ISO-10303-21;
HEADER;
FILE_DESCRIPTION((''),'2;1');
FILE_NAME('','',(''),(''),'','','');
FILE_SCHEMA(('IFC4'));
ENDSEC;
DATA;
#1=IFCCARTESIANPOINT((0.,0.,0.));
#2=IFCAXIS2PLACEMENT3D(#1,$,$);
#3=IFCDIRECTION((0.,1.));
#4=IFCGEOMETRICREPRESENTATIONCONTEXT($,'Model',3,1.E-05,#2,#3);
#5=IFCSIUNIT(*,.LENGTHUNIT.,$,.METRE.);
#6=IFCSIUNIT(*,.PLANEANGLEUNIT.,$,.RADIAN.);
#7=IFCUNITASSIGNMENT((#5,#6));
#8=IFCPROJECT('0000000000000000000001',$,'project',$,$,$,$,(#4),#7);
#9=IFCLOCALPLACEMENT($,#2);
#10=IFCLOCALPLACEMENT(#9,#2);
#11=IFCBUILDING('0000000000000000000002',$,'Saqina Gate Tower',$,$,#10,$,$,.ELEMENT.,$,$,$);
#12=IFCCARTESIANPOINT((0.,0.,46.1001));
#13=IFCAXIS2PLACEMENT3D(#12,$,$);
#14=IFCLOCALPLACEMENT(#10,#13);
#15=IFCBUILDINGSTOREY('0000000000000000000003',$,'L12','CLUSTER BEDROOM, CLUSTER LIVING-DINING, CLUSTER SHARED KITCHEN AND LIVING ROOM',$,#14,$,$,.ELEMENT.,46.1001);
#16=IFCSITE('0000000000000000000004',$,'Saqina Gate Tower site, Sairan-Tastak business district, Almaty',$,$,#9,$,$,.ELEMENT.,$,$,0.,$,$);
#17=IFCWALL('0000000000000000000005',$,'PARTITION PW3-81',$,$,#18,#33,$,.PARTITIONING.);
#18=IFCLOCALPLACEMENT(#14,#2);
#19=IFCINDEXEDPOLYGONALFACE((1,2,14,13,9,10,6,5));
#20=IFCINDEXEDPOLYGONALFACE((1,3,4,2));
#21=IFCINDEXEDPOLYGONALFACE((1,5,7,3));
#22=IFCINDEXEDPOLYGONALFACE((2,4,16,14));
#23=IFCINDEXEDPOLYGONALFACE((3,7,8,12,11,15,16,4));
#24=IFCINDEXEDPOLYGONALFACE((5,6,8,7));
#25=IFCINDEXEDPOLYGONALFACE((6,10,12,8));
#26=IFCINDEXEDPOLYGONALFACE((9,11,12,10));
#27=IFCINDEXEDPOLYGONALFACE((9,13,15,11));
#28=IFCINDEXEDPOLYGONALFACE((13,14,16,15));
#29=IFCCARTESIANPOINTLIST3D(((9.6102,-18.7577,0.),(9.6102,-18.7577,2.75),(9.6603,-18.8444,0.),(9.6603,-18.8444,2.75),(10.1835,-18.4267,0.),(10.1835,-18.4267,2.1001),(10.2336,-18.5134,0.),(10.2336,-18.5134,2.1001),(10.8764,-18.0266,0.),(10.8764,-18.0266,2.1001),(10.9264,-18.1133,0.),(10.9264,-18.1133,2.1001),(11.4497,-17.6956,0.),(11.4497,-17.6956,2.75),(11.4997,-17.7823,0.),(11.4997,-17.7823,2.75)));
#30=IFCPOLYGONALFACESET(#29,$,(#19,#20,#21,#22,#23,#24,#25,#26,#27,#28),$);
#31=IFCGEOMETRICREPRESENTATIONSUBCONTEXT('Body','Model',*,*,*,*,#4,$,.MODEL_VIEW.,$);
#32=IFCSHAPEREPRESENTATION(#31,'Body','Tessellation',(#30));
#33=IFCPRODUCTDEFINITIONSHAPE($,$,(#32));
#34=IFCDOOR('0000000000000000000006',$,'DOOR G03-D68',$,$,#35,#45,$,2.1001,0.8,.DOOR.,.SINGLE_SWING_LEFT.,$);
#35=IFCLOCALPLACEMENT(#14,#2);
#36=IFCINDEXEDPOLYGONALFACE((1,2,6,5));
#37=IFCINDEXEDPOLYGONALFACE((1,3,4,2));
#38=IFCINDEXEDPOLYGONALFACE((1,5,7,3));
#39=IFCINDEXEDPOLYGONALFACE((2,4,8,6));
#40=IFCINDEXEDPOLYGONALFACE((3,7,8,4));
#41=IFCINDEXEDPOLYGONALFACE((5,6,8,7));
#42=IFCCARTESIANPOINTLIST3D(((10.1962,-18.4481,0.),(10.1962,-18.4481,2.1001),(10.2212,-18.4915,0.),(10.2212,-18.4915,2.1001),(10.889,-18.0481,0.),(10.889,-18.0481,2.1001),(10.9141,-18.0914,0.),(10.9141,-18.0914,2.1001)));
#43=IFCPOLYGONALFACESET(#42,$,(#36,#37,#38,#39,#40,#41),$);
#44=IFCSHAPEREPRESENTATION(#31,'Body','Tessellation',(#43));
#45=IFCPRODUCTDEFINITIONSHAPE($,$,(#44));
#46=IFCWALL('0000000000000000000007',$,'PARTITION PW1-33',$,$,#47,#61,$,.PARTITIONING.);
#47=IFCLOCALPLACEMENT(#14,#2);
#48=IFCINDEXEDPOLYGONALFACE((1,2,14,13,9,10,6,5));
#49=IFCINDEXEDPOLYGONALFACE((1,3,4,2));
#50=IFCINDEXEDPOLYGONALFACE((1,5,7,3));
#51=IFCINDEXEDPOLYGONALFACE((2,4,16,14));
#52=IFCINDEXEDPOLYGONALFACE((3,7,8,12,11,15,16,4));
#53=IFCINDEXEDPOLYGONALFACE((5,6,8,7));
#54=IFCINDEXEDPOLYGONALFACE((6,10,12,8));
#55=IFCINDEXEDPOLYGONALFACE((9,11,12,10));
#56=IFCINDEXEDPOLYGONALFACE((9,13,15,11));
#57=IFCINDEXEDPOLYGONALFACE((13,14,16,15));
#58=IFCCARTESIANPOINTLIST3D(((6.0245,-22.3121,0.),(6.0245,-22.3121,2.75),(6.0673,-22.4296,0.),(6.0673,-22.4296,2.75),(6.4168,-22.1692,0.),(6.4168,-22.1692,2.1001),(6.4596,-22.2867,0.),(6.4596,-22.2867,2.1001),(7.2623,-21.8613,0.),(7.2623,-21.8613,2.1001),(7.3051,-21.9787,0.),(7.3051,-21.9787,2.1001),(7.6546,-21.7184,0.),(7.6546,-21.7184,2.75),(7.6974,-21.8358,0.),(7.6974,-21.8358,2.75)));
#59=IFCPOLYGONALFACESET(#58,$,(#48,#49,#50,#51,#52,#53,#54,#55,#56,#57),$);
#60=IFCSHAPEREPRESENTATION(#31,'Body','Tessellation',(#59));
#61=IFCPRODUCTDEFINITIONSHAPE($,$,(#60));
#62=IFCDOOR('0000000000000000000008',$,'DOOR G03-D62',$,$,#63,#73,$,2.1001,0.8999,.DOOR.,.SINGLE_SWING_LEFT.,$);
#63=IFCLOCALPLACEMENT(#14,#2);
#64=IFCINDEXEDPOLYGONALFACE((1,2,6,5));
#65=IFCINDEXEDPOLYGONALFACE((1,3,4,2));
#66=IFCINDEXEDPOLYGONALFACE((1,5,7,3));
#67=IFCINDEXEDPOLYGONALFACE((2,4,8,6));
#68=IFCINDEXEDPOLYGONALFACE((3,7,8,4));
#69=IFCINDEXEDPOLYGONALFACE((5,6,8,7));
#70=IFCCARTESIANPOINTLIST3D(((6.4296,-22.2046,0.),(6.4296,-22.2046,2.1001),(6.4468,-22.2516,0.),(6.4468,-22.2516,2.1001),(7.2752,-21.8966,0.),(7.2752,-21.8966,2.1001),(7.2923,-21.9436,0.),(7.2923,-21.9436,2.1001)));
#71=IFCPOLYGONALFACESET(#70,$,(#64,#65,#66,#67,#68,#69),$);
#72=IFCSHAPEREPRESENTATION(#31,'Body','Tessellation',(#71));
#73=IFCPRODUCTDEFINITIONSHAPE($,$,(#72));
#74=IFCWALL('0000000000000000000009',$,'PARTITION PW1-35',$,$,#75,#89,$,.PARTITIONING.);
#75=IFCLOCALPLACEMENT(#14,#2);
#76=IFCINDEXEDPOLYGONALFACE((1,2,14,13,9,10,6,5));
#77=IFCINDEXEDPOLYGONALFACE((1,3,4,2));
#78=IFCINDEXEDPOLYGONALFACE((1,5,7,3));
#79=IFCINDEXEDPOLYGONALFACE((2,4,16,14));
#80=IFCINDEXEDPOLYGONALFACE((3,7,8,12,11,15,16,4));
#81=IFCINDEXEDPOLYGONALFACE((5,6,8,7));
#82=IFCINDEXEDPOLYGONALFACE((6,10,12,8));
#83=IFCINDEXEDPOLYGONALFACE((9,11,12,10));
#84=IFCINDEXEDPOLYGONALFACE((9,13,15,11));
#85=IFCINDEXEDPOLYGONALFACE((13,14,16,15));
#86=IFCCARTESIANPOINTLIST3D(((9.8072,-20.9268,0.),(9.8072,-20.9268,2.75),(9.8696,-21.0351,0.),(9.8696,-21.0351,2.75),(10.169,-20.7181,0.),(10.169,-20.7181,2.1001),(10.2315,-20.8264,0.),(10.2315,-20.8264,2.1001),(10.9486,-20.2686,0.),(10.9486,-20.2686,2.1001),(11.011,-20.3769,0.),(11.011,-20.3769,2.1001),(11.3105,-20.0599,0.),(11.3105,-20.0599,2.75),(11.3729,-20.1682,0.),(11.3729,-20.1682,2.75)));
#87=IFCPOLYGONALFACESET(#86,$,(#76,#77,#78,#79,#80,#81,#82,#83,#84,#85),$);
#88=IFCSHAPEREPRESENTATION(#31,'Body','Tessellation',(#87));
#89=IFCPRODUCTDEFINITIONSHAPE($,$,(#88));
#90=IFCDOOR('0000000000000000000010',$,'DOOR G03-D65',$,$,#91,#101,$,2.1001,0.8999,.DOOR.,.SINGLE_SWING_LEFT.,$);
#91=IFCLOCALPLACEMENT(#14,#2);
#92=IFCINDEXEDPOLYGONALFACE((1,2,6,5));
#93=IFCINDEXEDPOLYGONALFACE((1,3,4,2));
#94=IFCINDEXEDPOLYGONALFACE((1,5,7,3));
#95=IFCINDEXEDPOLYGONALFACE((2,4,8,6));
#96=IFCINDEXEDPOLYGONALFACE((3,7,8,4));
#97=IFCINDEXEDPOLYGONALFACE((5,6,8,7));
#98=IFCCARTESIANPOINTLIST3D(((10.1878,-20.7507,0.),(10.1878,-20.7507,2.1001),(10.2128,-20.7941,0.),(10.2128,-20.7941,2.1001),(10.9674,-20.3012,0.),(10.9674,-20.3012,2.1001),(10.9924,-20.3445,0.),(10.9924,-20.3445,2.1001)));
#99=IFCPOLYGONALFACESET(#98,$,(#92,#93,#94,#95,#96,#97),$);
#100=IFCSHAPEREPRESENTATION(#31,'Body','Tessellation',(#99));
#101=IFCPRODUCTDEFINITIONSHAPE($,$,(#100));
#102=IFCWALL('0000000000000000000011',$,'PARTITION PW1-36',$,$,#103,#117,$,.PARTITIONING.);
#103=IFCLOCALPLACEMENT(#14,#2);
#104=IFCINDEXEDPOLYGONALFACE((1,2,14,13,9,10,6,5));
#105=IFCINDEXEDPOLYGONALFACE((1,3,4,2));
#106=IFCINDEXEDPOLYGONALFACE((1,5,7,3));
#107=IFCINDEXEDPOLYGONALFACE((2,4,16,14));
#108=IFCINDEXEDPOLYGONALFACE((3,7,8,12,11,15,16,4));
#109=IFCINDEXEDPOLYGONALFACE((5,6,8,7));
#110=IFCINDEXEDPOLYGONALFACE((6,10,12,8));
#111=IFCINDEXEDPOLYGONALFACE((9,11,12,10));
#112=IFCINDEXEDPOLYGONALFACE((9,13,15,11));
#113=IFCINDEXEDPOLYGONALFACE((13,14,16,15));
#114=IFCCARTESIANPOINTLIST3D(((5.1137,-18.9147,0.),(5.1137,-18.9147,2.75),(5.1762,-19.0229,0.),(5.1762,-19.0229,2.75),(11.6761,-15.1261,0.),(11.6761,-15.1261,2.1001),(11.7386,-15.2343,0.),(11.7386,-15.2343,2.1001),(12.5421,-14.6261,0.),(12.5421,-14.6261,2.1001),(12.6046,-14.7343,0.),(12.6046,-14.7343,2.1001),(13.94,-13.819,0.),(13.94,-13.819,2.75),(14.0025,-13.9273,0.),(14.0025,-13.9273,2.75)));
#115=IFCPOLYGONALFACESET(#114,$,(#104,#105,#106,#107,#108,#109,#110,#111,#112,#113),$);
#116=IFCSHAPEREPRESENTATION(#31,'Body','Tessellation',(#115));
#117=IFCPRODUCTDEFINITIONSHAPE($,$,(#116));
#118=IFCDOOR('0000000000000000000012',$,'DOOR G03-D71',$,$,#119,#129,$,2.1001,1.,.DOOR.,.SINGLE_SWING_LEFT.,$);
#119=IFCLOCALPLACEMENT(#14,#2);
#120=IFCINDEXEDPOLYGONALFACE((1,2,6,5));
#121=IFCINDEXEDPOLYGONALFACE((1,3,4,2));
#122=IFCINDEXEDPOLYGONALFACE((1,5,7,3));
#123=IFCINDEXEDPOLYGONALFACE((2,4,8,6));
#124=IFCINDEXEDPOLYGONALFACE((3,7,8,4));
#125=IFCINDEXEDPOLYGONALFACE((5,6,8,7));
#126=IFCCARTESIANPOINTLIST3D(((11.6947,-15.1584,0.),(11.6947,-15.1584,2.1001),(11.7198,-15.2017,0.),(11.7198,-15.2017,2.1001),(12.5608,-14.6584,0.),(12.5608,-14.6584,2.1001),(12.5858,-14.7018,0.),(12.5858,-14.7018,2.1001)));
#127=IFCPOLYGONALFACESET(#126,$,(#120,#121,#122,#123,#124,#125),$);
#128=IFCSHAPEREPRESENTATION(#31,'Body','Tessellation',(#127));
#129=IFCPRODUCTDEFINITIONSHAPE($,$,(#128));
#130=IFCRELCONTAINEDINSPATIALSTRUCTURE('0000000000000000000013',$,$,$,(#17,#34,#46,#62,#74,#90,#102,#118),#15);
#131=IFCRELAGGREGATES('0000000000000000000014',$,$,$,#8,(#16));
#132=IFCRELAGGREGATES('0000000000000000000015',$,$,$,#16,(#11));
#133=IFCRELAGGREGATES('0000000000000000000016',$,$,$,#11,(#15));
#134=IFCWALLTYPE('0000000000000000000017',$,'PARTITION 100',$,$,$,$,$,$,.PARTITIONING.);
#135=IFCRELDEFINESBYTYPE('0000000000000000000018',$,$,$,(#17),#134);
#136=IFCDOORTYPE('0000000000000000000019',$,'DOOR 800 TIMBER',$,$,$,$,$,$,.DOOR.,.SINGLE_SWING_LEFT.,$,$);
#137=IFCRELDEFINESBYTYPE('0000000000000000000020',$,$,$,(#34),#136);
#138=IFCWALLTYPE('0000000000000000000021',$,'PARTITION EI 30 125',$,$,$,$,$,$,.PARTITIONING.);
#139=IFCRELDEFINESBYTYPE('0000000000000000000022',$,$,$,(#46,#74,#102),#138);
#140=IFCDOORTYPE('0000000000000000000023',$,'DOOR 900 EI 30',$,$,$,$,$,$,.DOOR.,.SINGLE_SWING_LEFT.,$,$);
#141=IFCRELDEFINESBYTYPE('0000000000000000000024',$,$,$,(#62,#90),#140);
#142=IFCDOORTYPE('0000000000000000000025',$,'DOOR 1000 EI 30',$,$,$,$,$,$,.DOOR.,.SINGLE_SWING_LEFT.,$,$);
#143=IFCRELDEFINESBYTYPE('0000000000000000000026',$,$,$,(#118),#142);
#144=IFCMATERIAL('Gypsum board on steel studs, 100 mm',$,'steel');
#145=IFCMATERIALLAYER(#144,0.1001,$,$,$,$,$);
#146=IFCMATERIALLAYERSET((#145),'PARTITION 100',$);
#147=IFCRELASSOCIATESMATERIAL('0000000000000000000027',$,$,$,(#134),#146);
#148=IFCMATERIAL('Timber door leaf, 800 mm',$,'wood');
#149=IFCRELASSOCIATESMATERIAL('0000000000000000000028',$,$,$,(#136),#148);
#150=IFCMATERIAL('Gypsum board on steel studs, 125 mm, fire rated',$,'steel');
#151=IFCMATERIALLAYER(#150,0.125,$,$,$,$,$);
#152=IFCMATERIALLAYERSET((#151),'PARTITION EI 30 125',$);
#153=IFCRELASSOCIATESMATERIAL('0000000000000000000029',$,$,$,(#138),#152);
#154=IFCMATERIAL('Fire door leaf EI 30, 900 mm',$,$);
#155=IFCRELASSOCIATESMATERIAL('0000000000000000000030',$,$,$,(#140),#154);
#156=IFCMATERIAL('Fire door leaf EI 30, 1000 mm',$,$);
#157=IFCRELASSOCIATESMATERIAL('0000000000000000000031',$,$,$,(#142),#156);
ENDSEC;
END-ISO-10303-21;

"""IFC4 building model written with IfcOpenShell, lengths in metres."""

from ifc_helpers import new_model, si_unit, direction, frame, frame_2d, origin, place, context, subcontext, project, spatial, rectangle, extrude, material, layer, layer_set, type_object, element, fill, save


model = new_model("IFC4")

# Units and contexts
model_context = context("Model", 3, precision=1e-05, world=origin(), true_north=direction((0.0, 1.0)))
body_context = subcontext(model_context, "Body", "Model", "MODEL_VIEW")
ifc_project = project(units=[si_unit("LENGTHUNIT", "METRE"), si_unit("PLANEANGLEUNIT", "RADIAN")], contexts=[model_context])

# Site, building, storey
site_placement = place(None, origin())
site = spatial("IfcSite", under=ifc_project, at=site_placement, Name="Saqina Gate Tower site, Sairan-Tastak business district, Almaty", CompositionType="ELEMENT", RefElevation=0.0)
building_placement = place(site_placement, origin())
building = spatial("IfcBuilding", under=site, at=building_placement, Name="Saqina Gate Tower", CompositionType="ELEMENT")
storey_placement = place(building_placement, frame((0.0, 0.0, 46.1001)))
storey = spatial("IfcBuildingStorey", under=building, at=storey_placement, Name="L12", Description="CLUSTER BEDROOM, CLUSTER LIVING-DINING, CLUSTER SHARED KITCHEN AND LIVING ROOM", CompositionType="ELEMENT", Elevation=46.1001)

# Shared definitions
ifc_material_1 = material(Name="Gypsum board on steel studs, 100 mm", Category="steel")
ifc_layer_1 = layer(ifc_material_1, 0.1001)
ifc_layer_set_1 = layer_set([ifc_layer_1], Name="PARTITION 100")
wall_type_1 = type_object("IfcWallType", Name="PARTITION 100", PredefinedType="PARTITIONING", material=ifc_layer_set_1)

# Shared definitions
ifc_material_2 = material(Name="Timber door leaf, 800 mm", Category="wood")
door_type_1 = type_object("IfcDoorType", Name="DOOR 800 TIMBER", OperationType="SINGLE_SWING_LEFT", PredefinedType="DOOR", material=ifc_material_2)

# Walls, openings, doors
wall_1_placement = place(storey_placement, frame((9.6353, -18.801, 0.0), z_axis=(0.0, 0.0, 1.0), x_axis=(0.866013, 0.500021, 0.0)))
wall_1 = element("IfcWall", 1, at=wall_1_placement, inside=storey, type_object=wall_type_1, Name="PARTITION PW3-81", PredefinedType="PARTITIONING", context=body_context, shape_type="SweptSolid", body=[
    extrude(rectangle(XDim=2.124, YDim=0.1001, at=frame_2d((1.062, 0.0))), origin(), (0.0, 0.0, 1.0), 2.75),
])
opening_1_placement = place(wall_1_placement, frame((0.6621, 0.0, 0.0)))
opening_1 = element("IfcOpeningElement", 2, at=opening_1_placement, cuts=wall_1, PredefinedType="OPENING", context=body_context, shape_type="SweptSolid", body=[
    extrude(rectangle(XDim=0.8, YDim=2.1001, at=frame_2d((0.3999, 1.05))), frame((0.0, 0.062, 0.0), z_axis=(0.0, -1.0, 0.0), x_axis=(1.0, 0.0, 0.0)), (0.0, 0.0, 1.0), 0.124),
])
door_1_placement = place(opening_1_placement, frame((0.8, 0.0, 0.0), z_axis=(0.0, 0.0, 1.0), x_axis=(-1.0, 0.0, 0.0)))
door_1 = element("IfcDoor", 3, at=door_1_placement, inside=storey, type_object=door_type_1, Name="DOOR G03-D68", OperationType="SINGLE_SWING_LEFT", OverallHeight=2.1001, OverallWidth=0.8, PredefinedType="DOOR", context=body_context, shape_type="SweptSolid", body=[
    extrude(rectangle(XDim=0.8, YDim=2.1001, at=frame_2d((0.3999, 1.05))), frame((0.0, 0.0249, 0.0), z_axis=(0.0, -1.0, 0.0), x_axis=(1.0, 0.0, 0.0)), (0.0, 0.0, 1.0), 0.05),
])
fill(opening_1, door_1)
ifc_material_3 = material(Name="Gypsum board on steel studs, 125 mm, fire rated", Category="steel")
ifc_layer_2 = layer(ifc_material_3, 0.125)
ifc_layer_set_2 = layer_set([ifc_layer_2], Name="PARTITION EI 30 125")
wall_type_2 = type_object("IfcWallType", Name="PARTITION EI 30 125", PredefinedType="PARTITIONING", material=ifc_layer_set_2)
wall_2_placement = place(storey_placement, frame((6.0459, -22.3708, 0.0), z_axis=(0.0, 0.0, 1.0), x_axis=(0.939613, 0.34224, 0.0)))
wall_2 = element("IfcWall", 4, at=wall_2_placement, inside=storey, type_object=wall_type_2, Name="PARTITION PW1-33", PredefinedType="PARTITIONING", context=body_context, shape_type="SweptSolid", body=[
    extrude(rectangle(XDim=1.7349, YDim=0.125, at=frame_2d((0.8674, 0.0))), origin(), (0.0, 0.0, 1.0), 2.75),
])
opening_2_placement = place(wall_2_placement, frame((0.4175, 0.0, 0.0)))
opening_2 = element("IfcOpeningElement", 5, at=opening_2_placement, cuts=wall_2, PredefinedType="OPENING", context=body_context, shape_type="SweptSolid", body=[
    extrude(rectangle(XDim=0.8999, YDim=2.1001, at=frame_2d((0.45, 1.05))), frame((0.0, 0.0745, 0.0), z_axis=(0.0, -1.0, 0.0), x_axis=(1.0, 0.0, 0.0)), (0.0, 0.0, 1.0), 0.1489),
])
ifc_material_4 = material(Name="Fire door leaf EI 30, 900 mm")
door_type_2 = type_object("IfcDoorType", Name="DOOR 900 EI 30", OperationType="SINGLE_SWING_LEFT", PredefinedType="DOOR", material=ifc_material_4)
door_2_placement = place(opening_2_placement, origin())
door_2 = element("IfcDoor", 6, at=door_2_placement, inside=storey, type_object=door_type_2, Name="DOOR G03-D62", OperationType="SINGLE_SWING_LEFT", OverallHeight=2.1001, OverallWidth=0.8999, PredefinedType="DOOR", context=body_context, shape_type="SweptSolid", body=[
    extrude(rectangle(XDim=0.8999, YDim=2.1001, at=frame_2d((0.45, 1.05))), frame((0.0, 0.0249, 0.0), z_axis=(0.0, -1.0, 0.0), x_axis=(1.0, 0.0, 0.0)), (0.0, 0.0, 1.0), 0.05),
])
fill(opening_2, door_2)
wall_3_placement = place(storey_placement, frame((9.8384, -20.981, 0.0), z_axis=(0.0, 0.0, 1.0), x_axis=(0.866289, 0.499544, 0.0)))
wall_3 = element("IfcWall", 7, at=wall_3_placement, inside=storey, type_object=wall_type_2, Name="PARTITION PW1-35", PredefinedType="PARTITIONING", context=body_context, shape_type="SweptSolid", body=[
    extrude(rectangle(XDim=1.7354, YDim=0.125, at=frame_2d((0.8677, 0.0))), origin(), (0.0, 0.0, 1.0), 2.75),
])
opening_3_placement = place(wall_3_placement, frame((0.4177, 0.0, 0.0)))
opening_3 = element("IfcOpeningElement", 8, at=opening_3_placement, cuts=wall_3, PredefinedType="OPENING", context=body_context, shape_type="SweptSolid", body=[
    extrude(rectangle(XDim=0.8999, YDim=2.1001, at=frame_2d((0.45, 1.05))), frame((0.0, 0.0745, 0.0), z_axis=(0.0, -1.0, 0.0), x_axis=(1.0, 0.0, 0.0)), (0.0, 0.0, 1.0), 0.1489),
])
door_3_placement = place(opening_3_placement, origin())
door_3 = element("IfcDoor", 9, at=door_3_placement, inside=storey, type_object=door_type_2, Name="DOOR G03-D65", OperationType="SINGLE_SWING_LEFT", OverallHeight=2.1001, OverallWidth=0.8999, PredefinedType="DOOR", context=body_context, shape_type="SweptSolid", body=[
    extrude(rectangle(XDim=0.8999, YDim=2.1001, at=frame_2d((0.45, 1.05))), frame((0.0, 0.0249, 0.0), z_axis=(0.0, -1.0, 0.0), x_axis=(1.0, 0.0, 0.0)), (0.0, 0.0, 1.0), 0.05),
])
fill(opening_3, door_3)
wall_4_placement = place(storey_placement, frame((5.145, -18.9688, 0.0), z_axis=(0.0, 0.0, 1.0), x_axis=(0.866035, 0.499983, 0.0)))
wall_4 = element("IfcWall", 10, at=wall_4_placement, inside=storey, type_object=wall_type_2, Name="PARTITION PW1-36", PredefinedType="PARTITIONING", context=body_context, shape_type="SweptSolid", body=[
    extrude(rectangle(XDim=10.1917, YDim=0.125, at=frame_2d((5.0957, 0.0))), origin(), (0.0, 0.0, 1.0), 2.75),
])
opening_4_placement = place(wall_4_placement, frame((7.5774, 0.0, 0.0)))
opening_4 = element("IfcOpeningElement", 11, at=opening_4_placement, cuts=wall_4, PredefinedType="OPENING", context=body_context, shape_type="SweptSolid", body=[
    extrude(rectangle(XDim=1.0, YDim=2.1001, at=frame_2d((0.5, 1.05))), frame((0.0, 0.0745, 0.0), z_axis=(0.0, -1.0, 0.0), x_axis=(1.0, 0.0, 0.0)), (0.0, 0.0, 1.0), 0.1489),
])
ifc_material_5 = material(Name="Fire door leaf EI 30, 1000 mm")
door_type_3 = type_object("IfcDoorType", Name="DOOR 1000 EI 30", OperationType="SINGLE_SWING_LEFT", PredefinedType="DOOR", material=ifc_material_5)
door_4_placement = place(opening_4_placement, frame((1.0, 0.0, 0.0), z_axis=(0.0, 0.0, 1.0), x_axis=(-1.0, 0.0, 0.0)))
door_4 = element("IfcDoor", 12, at=door_4_placement, inside=storey, type_object=door_type_3, Name="DOOR G03-D71", OperationType="SINGLE_SWING_LEFT", OverallHeight=2.1001, OverallWidth=1.0, PredefinedType="DOOR", context=body_context, shape_type="SweptSolid", body=[
    extrude(rectangle(XDim=1.0, YDim=2.1001, at=frame_2d((0.5, 1.05))), frame((0.0, 0.0249, 0.0), z_axis=(0.0, -1.0, 0.0), x_axis=(1.0, 0.0, 0.0)), (0.0, 0.0, 1.0), 0.05),
])
fill(opening_4, door_4)

save(model, "model.ifc")
